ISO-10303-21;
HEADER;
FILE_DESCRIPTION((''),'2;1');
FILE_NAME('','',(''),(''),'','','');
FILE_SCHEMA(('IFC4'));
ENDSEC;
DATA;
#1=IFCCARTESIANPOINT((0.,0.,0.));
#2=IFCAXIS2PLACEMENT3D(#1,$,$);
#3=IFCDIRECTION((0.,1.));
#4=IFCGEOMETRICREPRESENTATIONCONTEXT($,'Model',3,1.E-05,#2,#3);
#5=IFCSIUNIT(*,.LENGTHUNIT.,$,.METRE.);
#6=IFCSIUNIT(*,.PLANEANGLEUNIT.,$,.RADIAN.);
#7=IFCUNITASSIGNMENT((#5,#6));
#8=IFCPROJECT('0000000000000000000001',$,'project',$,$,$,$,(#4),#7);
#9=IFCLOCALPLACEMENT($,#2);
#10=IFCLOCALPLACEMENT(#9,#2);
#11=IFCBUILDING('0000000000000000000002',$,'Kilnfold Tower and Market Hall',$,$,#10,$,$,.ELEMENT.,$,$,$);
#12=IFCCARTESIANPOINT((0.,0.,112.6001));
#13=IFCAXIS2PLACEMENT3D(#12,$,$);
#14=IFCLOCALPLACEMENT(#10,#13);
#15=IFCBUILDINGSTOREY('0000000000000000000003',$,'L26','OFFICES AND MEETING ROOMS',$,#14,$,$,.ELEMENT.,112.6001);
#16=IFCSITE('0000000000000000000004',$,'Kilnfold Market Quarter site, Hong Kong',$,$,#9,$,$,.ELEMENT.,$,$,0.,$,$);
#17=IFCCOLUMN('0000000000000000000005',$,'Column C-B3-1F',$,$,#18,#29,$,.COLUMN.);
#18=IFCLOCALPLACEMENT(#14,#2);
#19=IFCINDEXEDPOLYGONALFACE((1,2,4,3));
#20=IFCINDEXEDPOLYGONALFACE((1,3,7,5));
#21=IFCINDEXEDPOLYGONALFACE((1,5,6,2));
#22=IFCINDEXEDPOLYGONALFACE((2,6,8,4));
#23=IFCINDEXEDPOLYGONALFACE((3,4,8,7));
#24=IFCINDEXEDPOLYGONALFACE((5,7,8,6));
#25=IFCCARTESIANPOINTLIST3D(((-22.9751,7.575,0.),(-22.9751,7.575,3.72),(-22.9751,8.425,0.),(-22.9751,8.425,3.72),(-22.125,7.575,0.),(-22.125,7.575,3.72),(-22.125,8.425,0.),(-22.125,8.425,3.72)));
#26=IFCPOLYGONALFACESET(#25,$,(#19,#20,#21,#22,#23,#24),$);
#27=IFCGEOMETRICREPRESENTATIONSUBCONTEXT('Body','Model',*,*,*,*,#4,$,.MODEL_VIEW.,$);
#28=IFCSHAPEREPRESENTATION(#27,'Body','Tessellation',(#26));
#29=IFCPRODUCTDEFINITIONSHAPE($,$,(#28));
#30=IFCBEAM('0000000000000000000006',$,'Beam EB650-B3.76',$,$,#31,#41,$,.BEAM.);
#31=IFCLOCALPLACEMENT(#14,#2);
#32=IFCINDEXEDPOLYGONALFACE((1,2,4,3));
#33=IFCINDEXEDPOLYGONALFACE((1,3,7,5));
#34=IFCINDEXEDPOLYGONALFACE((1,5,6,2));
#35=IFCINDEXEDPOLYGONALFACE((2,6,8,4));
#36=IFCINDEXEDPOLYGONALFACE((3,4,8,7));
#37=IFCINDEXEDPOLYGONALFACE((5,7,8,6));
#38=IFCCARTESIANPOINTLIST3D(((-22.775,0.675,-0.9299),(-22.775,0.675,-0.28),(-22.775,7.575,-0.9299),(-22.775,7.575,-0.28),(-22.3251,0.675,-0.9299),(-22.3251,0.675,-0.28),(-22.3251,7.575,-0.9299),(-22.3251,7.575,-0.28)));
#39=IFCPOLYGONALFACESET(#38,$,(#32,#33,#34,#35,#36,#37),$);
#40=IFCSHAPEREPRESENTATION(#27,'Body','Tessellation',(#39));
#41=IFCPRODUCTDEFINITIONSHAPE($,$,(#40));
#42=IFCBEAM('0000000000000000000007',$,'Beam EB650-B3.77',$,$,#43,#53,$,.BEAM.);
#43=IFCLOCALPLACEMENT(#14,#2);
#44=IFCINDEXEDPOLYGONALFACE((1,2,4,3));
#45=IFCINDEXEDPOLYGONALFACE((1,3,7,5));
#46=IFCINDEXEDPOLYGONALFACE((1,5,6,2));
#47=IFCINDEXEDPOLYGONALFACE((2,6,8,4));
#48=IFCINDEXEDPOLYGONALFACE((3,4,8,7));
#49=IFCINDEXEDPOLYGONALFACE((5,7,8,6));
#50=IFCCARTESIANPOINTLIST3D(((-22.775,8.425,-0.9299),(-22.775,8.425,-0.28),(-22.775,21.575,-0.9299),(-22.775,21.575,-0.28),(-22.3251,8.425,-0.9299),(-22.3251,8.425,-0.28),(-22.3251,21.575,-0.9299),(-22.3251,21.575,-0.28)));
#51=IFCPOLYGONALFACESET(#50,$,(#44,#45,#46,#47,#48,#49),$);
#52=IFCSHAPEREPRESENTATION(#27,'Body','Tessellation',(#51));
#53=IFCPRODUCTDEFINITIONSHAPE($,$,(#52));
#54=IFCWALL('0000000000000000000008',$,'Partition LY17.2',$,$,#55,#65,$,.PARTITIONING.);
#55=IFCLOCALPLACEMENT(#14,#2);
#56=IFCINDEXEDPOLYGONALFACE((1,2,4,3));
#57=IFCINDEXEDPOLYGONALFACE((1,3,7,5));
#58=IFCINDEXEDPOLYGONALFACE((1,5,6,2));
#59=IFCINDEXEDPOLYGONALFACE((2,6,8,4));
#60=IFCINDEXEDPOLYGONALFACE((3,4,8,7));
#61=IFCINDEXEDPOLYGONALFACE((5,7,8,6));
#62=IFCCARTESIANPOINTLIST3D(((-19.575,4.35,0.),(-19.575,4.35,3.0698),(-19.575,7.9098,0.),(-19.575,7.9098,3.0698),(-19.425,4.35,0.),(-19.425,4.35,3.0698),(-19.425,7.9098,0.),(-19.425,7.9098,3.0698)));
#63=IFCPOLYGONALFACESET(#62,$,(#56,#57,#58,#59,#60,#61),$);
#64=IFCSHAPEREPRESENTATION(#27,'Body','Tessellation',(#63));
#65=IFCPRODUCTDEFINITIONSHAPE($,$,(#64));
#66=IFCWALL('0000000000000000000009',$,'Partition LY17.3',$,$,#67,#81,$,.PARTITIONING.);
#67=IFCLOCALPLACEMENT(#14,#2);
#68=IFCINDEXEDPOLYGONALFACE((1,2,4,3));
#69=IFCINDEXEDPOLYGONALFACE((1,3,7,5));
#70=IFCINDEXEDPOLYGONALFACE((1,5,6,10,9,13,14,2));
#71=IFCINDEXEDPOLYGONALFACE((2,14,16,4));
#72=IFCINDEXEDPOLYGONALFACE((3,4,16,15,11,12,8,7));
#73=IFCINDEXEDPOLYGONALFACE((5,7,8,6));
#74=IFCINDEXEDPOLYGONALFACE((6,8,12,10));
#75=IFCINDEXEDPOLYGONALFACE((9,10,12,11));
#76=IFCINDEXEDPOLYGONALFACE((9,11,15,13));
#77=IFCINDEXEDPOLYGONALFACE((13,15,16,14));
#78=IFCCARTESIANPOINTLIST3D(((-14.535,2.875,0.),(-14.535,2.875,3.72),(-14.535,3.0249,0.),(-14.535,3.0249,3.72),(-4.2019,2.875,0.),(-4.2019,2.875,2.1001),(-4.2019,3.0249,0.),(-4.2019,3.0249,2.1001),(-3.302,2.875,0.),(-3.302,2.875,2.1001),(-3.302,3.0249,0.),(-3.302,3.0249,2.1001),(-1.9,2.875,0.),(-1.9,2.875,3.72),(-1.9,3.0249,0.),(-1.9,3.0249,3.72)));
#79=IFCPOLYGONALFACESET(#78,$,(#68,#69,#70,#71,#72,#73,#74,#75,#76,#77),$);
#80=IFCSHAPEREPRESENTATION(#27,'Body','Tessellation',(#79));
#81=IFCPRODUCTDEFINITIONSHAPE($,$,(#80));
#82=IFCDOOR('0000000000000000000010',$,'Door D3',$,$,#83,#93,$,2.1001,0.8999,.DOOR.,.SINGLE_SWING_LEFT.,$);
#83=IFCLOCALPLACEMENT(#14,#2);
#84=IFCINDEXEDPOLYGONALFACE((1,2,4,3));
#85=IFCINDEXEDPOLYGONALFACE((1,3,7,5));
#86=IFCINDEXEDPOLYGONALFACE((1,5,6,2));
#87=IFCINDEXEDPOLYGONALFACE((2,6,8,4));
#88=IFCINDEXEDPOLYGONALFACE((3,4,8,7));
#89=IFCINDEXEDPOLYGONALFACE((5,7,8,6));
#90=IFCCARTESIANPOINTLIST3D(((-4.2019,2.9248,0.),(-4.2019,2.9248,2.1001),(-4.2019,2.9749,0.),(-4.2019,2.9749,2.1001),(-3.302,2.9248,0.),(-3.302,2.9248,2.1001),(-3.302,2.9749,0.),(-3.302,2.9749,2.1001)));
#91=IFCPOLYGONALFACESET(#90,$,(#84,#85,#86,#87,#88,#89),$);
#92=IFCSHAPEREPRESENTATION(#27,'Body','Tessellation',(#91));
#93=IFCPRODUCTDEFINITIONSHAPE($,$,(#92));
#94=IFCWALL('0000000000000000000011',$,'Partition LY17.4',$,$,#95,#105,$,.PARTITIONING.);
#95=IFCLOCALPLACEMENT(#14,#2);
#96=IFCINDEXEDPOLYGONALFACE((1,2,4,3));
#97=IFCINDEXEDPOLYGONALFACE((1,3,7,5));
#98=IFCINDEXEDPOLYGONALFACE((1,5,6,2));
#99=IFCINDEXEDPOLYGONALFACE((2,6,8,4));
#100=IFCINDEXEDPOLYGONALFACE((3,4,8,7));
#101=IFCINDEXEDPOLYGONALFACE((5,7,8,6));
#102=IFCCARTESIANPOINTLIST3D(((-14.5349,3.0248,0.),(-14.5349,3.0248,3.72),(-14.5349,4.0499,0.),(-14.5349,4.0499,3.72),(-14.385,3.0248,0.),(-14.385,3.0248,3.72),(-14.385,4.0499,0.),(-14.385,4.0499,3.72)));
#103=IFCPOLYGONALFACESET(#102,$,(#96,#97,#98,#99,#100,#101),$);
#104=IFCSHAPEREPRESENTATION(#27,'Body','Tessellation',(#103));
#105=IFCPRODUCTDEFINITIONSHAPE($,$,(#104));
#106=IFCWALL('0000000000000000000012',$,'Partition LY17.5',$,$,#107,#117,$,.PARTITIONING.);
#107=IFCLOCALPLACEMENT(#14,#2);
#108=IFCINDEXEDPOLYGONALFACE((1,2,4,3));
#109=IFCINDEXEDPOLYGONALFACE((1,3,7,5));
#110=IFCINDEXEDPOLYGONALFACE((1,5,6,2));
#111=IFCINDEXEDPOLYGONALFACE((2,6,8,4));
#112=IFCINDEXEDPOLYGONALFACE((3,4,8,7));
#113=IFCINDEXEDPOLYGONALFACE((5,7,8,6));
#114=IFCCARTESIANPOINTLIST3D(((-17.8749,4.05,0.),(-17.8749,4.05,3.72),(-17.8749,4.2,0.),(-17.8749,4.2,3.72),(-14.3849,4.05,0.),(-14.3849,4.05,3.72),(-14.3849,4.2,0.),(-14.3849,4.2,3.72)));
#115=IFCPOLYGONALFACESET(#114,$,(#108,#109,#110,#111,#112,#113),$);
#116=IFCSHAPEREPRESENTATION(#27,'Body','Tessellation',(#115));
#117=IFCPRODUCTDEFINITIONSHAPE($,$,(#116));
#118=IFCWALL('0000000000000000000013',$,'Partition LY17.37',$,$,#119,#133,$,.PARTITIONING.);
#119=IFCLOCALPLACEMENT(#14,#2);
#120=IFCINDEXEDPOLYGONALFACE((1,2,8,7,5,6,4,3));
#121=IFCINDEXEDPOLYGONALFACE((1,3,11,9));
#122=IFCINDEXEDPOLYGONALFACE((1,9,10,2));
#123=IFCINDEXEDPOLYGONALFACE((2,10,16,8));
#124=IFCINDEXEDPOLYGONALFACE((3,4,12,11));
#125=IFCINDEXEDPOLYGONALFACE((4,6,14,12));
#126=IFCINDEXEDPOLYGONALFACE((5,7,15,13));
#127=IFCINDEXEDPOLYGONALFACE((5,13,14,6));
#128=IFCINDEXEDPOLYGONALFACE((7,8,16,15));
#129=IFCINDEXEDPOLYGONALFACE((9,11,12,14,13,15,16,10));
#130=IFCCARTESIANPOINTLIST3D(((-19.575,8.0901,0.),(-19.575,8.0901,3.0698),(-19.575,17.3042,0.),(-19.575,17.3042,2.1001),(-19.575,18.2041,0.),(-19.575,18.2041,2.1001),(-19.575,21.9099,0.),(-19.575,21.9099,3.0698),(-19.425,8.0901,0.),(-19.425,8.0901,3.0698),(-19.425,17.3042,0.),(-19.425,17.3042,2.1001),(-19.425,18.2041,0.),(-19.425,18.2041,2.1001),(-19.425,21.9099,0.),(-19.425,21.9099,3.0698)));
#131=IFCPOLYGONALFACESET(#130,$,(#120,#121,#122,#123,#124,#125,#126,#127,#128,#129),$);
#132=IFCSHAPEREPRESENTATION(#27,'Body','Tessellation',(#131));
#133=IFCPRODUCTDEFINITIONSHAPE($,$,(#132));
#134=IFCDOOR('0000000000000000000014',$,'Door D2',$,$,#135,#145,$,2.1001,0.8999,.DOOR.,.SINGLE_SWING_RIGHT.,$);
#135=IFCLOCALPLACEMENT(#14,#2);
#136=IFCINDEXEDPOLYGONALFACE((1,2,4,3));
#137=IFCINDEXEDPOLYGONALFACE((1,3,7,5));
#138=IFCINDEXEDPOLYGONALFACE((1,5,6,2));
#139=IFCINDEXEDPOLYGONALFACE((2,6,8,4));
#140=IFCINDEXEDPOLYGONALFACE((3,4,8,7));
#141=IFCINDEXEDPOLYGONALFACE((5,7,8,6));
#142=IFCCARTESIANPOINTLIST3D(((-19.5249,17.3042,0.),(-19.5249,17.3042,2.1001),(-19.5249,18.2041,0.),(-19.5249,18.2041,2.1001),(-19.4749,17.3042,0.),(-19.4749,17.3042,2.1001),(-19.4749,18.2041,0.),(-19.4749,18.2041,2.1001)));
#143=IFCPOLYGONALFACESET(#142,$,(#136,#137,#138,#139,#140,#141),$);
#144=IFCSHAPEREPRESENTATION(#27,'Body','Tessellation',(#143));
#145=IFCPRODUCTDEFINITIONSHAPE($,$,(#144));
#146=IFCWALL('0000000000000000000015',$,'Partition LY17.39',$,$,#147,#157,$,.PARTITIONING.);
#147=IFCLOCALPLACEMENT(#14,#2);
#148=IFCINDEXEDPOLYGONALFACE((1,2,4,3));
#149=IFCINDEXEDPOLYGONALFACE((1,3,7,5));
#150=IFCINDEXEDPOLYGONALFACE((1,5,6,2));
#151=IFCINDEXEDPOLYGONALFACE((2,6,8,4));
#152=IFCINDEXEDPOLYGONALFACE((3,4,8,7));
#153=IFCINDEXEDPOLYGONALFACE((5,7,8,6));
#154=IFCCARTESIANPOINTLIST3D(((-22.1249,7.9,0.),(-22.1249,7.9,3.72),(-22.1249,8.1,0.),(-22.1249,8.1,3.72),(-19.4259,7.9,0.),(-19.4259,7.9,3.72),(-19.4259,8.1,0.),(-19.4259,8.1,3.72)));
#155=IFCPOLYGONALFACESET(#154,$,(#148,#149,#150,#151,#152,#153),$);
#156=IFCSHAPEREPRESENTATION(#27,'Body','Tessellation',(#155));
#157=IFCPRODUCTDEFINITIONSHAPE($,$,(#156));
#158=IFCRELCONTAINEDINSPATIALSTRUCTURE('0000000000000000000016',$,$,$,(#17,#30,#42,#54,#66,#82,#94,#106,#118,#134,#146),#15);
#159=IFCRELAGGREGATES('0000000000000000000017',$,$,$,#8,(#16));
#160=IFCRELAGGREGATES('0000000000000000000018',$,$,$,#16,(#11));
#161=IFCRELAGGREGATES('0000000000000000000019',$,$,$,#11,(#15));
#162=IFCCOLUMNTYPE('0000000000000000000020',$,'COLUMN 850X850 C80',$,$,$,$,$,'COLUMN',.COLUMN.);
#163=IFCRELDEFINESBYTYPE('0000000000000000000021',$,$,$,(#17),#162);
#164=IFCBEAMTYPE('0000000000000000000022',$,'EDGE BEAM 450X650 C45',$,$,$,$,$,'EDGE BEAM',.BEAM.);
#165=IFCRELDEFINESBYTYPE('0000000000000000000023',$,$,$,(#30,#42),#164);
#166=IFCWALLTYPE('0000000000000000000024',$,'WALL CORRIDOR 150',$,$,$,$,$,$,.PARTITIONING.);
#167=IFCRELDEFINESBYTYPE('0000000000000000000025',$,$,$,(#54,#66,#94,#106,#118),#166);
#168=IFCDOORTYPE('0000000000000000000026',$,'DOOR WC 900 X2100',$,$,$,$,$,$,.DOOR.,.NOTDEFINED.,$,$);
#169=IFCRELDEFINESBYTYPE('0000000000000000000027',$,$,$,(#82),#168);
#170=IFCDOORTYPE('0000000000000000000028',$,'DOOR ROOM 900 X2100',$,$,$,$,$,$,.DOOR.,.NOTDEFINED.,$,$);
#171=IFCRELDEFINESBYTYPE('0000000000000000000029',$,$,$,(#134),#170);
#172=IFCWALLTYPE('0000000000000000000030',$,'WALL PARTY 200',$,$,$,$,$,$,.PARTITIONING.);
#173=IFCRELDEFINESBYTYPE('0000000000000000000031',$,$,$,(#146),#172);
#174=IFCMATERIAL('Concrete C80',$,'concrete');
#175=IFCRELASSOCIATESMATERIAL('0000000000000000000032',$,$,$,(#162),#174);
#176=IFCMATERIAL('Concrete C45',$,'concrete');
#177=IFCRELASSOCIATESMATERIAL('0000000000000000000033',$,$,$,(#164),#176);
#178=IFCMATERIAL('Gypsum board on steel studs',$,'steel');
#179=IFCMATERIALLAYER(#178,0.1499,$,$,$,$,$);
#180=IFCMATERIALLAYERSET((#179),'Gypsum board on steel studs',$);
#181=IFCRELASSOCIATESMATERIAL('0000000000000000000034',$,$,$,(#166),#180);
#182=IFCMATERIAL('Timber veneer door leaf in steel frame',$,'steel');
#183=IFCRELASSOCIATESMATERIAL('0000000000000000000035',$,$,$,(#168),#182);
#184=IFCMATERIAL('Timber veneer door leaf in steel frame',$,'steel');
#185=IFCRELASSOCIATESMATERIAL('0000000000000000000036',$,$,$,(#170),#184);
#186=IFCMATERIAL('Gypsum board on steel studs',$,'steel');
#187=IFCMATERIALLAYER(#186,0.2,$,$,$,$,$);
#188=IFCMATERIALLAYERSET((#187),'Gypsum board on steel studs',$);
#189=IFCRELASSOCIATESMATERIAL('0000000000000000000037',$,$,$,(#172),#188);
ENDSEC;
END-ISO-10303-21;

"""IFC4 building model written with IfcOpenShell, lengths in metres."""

from ifc_helpers import new_model, si_unit, direction, frame, frame_2d, origin, origin_2d, place, context, subcontext, project, spatial, rectangle, extrude, source, transform, mapped, material, layer, layer_set, material_profile, profile_set, type_object, element, fill, save


model = new_model("IFC4")

# Units and contexts
model_context = context("Model", 3, precision=1e-05, world=origin(), true_north=direction((0.0, 1.0)))
body_context = subcontext(model_context, "Body", "Model", "MODEL_VIEW")
ifc_project = project(units=[si_unit("LENGTHUNIT", "METRE"), si_unit("PLANEANGLEUNIT", "RADIAN")], contexts=[model_context])

# Site, building, storey
site_placement = place(None, origin())
site = spatial("IfcSite", under=ifc_project, at=site_placement, Name="Kilnfold Market Quarter site, Hong Kong", CompositionType="ELEMENT", RefElevation=0.0)
building_placement = place(site_placement, origin())
building = spatial("IfcBuilding", under=site, at=building_placement, Name="Kilnfold Tower and Market Hall", CompositionType="ELEMENT")
storey_placement = place(building_placement, frame((0.0, 0.0, 112.6001)))
storey = spatial("IfcBuildingStorey", under=building, at=storey_placement, Name="L26", Description="OFFICES AND MEETING ROOMS", CompositionType="ELEMENT", Elevation=112.6001)

# Column
ifc_material_1 = material(Name="Concrete C80", Category="concrete")
ifc_material_profile_1 = material_profile(ifc_material_1, rectangle(XDim=0.8501, YDim=0.8501, at=origin_2d()), Name="RC 850x850")
ifc_profile_set_1 = profile_set([ifc_material_profile_1], Name="Concrete C80")
column_type = type_object("IfcColumnType", Name="COLUMN 850X850 C80", ElementType="COLUMN", PredefinedType="COLUMN", material=ifc_profile_set_1)
shared_shape_1 = source(origin(), body_context, "Body", "SweptSolid", [
    extrude(rectangle(XDim=0.8501, YDim=0.8501, at=origin_2d()), origin(), (0.0, 0.0, 1.0), 3.72),
])
column_placement = place(storey_placement, frame((-22.55, 8.0, 0.0), z_axis=(0.0, 0.0, 1.0), x_axis=(1.0, 0.0, 0.0)))
element("IfcColumn", 1, at=column_placement, inside=storey, type_object=column_type, Name="Column C-B3-1F", PredefinedType="COLUMN", context=body_context, shape_type="MappedRepresentation", body=[
    mapped(shared_shape_1, transform((0.0, 0.0, 0.0))),
])

# Beams
ifc_material_2 = material(Name="Concrete C45", Category="concrete")
ifc_material_profile_2 = material_profile(ifc_material_2, rectangle(XDim=0.45, YDim=0.6499, at=origin_2d()), Name="RC 450x650")
ifc_profile_set_2 = profile_set([ifc_material_profile_2], Name="Concrete C45")
beam_type = type_object("IfcBeamType", Name="EDGE BEAM 450X650 C45", ElementType="EDGE BEAM", PredefinedType="BEAM", material=ifc_profile_set_2)
shared_shape_2 = source(origin(), body_context, "Body", "SweptSolid", [
    extrude(rectangle(XDim=0.45, YDim=0.6499, at=origin_2d()), origin(), (0.0, 0.0, 1.0), 6.8999),
])
beam_1_placement = place(storey_placement, frame((-22.55, 0.675, -0.605), z_axis=(0.0, 1.0, 0.0), x_axis=(-1.0, 0.0, 0.0)))
element("IfcBeam", 2, at=beam_1_placement, inside=storey, type_object=beam_type, Name="Beam EB650-B3.76", PredefinedType="BEAM", context=body_context, shape_type="MappedRepresentation", body=[
    mapped(shared_shape_2, transform((0.0, 0.0, 0.0))),
])
shared_shape_3 = source(origin(), body_context, "Body", "SweptSolid", [
    extrude(rectangle(XDim=0.45, YDim=0.6499, at=origin_2d()), origin(), (0.0, 0.0, 1.0), 13.1499),
])
beam_2_placement = place(storey_placement, frame((-22.55, 8.425, -0.605), z_axis=(0.0, 1.0, 0.0), x_axis=(-1.0, 0.0, 0.0)))
element("IfcBeam", 3, at=beam_2_placement, inside=storey, type_object=beam_type, Name="Beam EB650-B3.77", PredefinedType="BEAM", context=body_context, shape_type="MappedRepresentation", body=[
    mapped(shared_shape_3, transform((0.0, 0.0, 0.0))),
])

# Wall
ifc_material_3 = material(Name="Gypsum board on steel studs", Category="steel")
ifc_layer_1 = layer(ifc_material_3, 0.1499)
ifc_layer_set_1 = layer_set([ifc_layer_1], Name="Gypsum board on steel studs")
wall_type_1 = type_object("IfcWallType", Name="WALL CORRIDOR 150", PredefinedType="PARTITIONING", material=ifc_layer_set_1)
wall_1_placement = place(storey_placement, frame((-19.5, 4.3501, 0.0), z_axis=(0.0, 0.0, 1.0), x_axis=(0.0, 1.0, 0.0)))
element("IfcWall", 4, at=wall_1_placement, inside=storey, type_object=wall_type_1, Name="Partition LY17.2", PredefinedType="PARTITIONING", context=body_context, shape_type="SweptSolid", body=[
    extrude(rectangle(XDim=3.5598, YDim=0.1499, at=frame_2d((1.7798, 0.0))), origin(), (0.0, 0.0, 1.0), 3.0698),
])

# Wall, opening, door
wall_2_placement = place(storey_placement, frame((-14.5349, 2.95, 0.0), z_axis=(0.0, 0.0, 1.0), x_axis=(1.0, 0.0, 0.0)))
wall_2 = element("IfcWall", 5, at=wall_2_placement, inside=storey, type_object=wall_type_1, Name="Partition LY17.3", PredefinedType="PARTITIONING", context=body_context, shape_type="SweptSolid", body=[
    extrude(rectangle(XDim=12.635, YDim=0.1499, at=frame_2d((6.3174, 0.0))), origin(), (0.0, 0.0, 1.0), 3.72),
])
opening_1_placement = place(wall_2_placement, frame((10.333, 0.0, 0.0)))
opening_1 = element("IfcOpeningElement", 6, at=opening_1_placement, cuts=wall_2, PredefinedType="OPENING", context=body_context, shape_type="SweptSolid", body=[
    extrude(rectangle(XDim=0.8999, YDim=2.1001, at=frame_2d((0.45, 1.05))), frame((0.0, 0.085, 0.0), z_axis=(0.0, -1.0, 0.0), x_axis=(1.0, 0.0, 0.0)), (0.0, 0.0, 1.0), 0.1699),
])
ifc_material_4 = material(Name="Timber veneer door leaf in steel frame", Category="steel")
door_type_1 = type_object("IfcDoorType", Name="DOOR WC 900 X2100", OperationType="NOTDEFINED", PredefinedType="DOOR", material=ifc_material_4)
door_1_placement = place(opening_1_placement, origin())
door_1 = element("IfcDoor", 7, at=door_1_placement, inside=storey, type_object=door_type_1, Name="Door D3", OperationType="SINGLE_SWING_LEFT", OverallHeight=2.1001, OverallWidth=0.8999, PredefinedType="DOOR", context=body_context, shape_type="SweptSolid", body=[
    extrude(rectangle(XDim=0.8999, YDim=2.1001, at=frame_2d((0.45, 1.05))), frame((0.0, 0.0249, 0.0), z_axis=(0.0, -1.0, 0.0), x_axis=(1.0, 0.0, 0.0)), (0.0, 0.0, 1.0), 0.05),
])
fill(opening_1, door_1)

# Walls
wall_3_placement = place(storey_placement, frame((-14.46, 4.05, 0.0), z_axis=(0.0, 0.0, 1.0), x_axis=(0.0, -1.0, 0.0)))
element("IfcWall", 8, at=wall_3_placement, inside=storey, type_object=wall_type_1, Name="Partition LY17.4", PredefinedType="PARTITIONING", context=body_context, shape_type="SweptSolid", body=[
    extrude(rectangle(XDim=1.0251, YDim=0.1499, at=frame_2d((0.5127, 0.0))), origin(), (0.0, 0.0, 1.0), 3.72),
])
wall_4_placement = place(storey_placement, frame((-17.875, 4.125, 0.0), z_axis=(0.0, 0.0, 1.0), x_axis=(1.0, 0.0, 0.0)))
element("IfcWall", 9, at=wall_4_placement, inside=storey, type_object=wall_type_1, Name="Partition LY17.5", PredefinedType="PARTITIONING", context=body_context, shape_type="SweptSolid", body=[
    extrude(rectangle(XDim=3.49, YDim=0.1499, at=frame_2d((1.7451, 0.0))), origin(), (0.0, 0.0, 1.0), 3.72),
])

# Wall, opening, door
wall_5_placement = place(storey_placement, frame((-19.5, 8.0901, 0.0), z_axis=(0.0, 0.0, 1.0), x_axis=(0.0, 1.0, 0.0)))
wall_5 = element("IfcWall", 10, at=wall_5_placement, inside=storey, type_object=wall_type_1, Name="Partition LY17.37", PredefinedType="PARTITIONING", context=body_context, shape_type="SweptSolid", body=[
    extrude(rectangle(XDim=13.8198, YDim=0.1499, at=frame_2d((6.9099, 0.0))), origin(), (0.0, 0.0, 1.0), 3.0698),
])
opening_2_placement = place(wall_5_placement, frame((9.2141, 0.0, 0.0)))
opening_2 = element("IfcOpeningElement", 11, at=opening_2_placement, cuts=wall_5, PredefinedType="OPENING", context=body_context, shape_type="SweptSolid", body=[
    extrude(rectangle(XDim=0.8999, YDim=2.1001, at=frame_2d((0.45, 1.05))), frame((0.0, 0.085, 0.0), z_axis=(0.0, -1.0, 0.0), x_axis=(1.0, 0.0, 0.0)), (0.0, 0.0, 1.0), 0.1699),
])
ifc_material_5 = material(Name="Timber veneer door leaf in steel frame", Category="steel")
door_type_2 = type_object("IfcDoorType", Name="DOOR ROOM 900 X2100", OperationType="NOTDEFINED", PredefinedType="DOOR", material=ifc_material_5)
door_2_placement = place(opening_2_placement, origin())
door_2 = element("IfcDoor", 12, at=door_2_placement, inside=storey, type_object=door_type_2, Name="Door D2", OperationType="SINGLE_SWING_RIGHT", OverallHeight=2.1001, OverallWidth=0.8999, PredefinedType="DOOR", context=body_context, shape_type="SweptSolid", body=[
    extrude(rectangle(XDim=0.8999, YDim=2.1001, at=frame_2d((0.45, 1.05))), frame((0.0, 0.0249, 0.0), z_axis=(0.0, -1.0, 0.0), x_axis=(1.0, 0.0, 0.0)), (0.0, 0.0, 1.0), 0.05),
])
fill(opening_2, door_2)

# Wall
ifc_material_6 = material(Name="Gypsum board on steel studs", Category="steel")
ifc_layer_2 = layer(ifc_material_6, 0.2)
ifc_layer_set_2 = layer_set([ifc_layer_2], Name="Gypsum board on steel studs")
wall_type_2 = type_object("IfcWallType", Name="WALL PARTY 200", PredefinedType="PARTITIONING", material=ifc_layer_set_2)
wall_6_placement = place(storey_placement, frame((-22.125, 8.0, 0.0), z_axis=(0.0, 0.0, 1.0), x_axis=(1.0, 0.0, 0.0)))
element("IfcWall", 13, at=wall_6_placement, inside=storey, type_object=wall_type_2, Name="Partition LY17.39", PredefinedType="PARTITIONING", context=body_context, shape_type="SweptSolid", body=[
    extrude(rectangle(XDim=2.699, YDim=0.2, at=frame_2d((1.3496, 0.0))), origin(), (0.0, 0.0, 1.0), 3.72),
])

save(model, "model.ifc")
